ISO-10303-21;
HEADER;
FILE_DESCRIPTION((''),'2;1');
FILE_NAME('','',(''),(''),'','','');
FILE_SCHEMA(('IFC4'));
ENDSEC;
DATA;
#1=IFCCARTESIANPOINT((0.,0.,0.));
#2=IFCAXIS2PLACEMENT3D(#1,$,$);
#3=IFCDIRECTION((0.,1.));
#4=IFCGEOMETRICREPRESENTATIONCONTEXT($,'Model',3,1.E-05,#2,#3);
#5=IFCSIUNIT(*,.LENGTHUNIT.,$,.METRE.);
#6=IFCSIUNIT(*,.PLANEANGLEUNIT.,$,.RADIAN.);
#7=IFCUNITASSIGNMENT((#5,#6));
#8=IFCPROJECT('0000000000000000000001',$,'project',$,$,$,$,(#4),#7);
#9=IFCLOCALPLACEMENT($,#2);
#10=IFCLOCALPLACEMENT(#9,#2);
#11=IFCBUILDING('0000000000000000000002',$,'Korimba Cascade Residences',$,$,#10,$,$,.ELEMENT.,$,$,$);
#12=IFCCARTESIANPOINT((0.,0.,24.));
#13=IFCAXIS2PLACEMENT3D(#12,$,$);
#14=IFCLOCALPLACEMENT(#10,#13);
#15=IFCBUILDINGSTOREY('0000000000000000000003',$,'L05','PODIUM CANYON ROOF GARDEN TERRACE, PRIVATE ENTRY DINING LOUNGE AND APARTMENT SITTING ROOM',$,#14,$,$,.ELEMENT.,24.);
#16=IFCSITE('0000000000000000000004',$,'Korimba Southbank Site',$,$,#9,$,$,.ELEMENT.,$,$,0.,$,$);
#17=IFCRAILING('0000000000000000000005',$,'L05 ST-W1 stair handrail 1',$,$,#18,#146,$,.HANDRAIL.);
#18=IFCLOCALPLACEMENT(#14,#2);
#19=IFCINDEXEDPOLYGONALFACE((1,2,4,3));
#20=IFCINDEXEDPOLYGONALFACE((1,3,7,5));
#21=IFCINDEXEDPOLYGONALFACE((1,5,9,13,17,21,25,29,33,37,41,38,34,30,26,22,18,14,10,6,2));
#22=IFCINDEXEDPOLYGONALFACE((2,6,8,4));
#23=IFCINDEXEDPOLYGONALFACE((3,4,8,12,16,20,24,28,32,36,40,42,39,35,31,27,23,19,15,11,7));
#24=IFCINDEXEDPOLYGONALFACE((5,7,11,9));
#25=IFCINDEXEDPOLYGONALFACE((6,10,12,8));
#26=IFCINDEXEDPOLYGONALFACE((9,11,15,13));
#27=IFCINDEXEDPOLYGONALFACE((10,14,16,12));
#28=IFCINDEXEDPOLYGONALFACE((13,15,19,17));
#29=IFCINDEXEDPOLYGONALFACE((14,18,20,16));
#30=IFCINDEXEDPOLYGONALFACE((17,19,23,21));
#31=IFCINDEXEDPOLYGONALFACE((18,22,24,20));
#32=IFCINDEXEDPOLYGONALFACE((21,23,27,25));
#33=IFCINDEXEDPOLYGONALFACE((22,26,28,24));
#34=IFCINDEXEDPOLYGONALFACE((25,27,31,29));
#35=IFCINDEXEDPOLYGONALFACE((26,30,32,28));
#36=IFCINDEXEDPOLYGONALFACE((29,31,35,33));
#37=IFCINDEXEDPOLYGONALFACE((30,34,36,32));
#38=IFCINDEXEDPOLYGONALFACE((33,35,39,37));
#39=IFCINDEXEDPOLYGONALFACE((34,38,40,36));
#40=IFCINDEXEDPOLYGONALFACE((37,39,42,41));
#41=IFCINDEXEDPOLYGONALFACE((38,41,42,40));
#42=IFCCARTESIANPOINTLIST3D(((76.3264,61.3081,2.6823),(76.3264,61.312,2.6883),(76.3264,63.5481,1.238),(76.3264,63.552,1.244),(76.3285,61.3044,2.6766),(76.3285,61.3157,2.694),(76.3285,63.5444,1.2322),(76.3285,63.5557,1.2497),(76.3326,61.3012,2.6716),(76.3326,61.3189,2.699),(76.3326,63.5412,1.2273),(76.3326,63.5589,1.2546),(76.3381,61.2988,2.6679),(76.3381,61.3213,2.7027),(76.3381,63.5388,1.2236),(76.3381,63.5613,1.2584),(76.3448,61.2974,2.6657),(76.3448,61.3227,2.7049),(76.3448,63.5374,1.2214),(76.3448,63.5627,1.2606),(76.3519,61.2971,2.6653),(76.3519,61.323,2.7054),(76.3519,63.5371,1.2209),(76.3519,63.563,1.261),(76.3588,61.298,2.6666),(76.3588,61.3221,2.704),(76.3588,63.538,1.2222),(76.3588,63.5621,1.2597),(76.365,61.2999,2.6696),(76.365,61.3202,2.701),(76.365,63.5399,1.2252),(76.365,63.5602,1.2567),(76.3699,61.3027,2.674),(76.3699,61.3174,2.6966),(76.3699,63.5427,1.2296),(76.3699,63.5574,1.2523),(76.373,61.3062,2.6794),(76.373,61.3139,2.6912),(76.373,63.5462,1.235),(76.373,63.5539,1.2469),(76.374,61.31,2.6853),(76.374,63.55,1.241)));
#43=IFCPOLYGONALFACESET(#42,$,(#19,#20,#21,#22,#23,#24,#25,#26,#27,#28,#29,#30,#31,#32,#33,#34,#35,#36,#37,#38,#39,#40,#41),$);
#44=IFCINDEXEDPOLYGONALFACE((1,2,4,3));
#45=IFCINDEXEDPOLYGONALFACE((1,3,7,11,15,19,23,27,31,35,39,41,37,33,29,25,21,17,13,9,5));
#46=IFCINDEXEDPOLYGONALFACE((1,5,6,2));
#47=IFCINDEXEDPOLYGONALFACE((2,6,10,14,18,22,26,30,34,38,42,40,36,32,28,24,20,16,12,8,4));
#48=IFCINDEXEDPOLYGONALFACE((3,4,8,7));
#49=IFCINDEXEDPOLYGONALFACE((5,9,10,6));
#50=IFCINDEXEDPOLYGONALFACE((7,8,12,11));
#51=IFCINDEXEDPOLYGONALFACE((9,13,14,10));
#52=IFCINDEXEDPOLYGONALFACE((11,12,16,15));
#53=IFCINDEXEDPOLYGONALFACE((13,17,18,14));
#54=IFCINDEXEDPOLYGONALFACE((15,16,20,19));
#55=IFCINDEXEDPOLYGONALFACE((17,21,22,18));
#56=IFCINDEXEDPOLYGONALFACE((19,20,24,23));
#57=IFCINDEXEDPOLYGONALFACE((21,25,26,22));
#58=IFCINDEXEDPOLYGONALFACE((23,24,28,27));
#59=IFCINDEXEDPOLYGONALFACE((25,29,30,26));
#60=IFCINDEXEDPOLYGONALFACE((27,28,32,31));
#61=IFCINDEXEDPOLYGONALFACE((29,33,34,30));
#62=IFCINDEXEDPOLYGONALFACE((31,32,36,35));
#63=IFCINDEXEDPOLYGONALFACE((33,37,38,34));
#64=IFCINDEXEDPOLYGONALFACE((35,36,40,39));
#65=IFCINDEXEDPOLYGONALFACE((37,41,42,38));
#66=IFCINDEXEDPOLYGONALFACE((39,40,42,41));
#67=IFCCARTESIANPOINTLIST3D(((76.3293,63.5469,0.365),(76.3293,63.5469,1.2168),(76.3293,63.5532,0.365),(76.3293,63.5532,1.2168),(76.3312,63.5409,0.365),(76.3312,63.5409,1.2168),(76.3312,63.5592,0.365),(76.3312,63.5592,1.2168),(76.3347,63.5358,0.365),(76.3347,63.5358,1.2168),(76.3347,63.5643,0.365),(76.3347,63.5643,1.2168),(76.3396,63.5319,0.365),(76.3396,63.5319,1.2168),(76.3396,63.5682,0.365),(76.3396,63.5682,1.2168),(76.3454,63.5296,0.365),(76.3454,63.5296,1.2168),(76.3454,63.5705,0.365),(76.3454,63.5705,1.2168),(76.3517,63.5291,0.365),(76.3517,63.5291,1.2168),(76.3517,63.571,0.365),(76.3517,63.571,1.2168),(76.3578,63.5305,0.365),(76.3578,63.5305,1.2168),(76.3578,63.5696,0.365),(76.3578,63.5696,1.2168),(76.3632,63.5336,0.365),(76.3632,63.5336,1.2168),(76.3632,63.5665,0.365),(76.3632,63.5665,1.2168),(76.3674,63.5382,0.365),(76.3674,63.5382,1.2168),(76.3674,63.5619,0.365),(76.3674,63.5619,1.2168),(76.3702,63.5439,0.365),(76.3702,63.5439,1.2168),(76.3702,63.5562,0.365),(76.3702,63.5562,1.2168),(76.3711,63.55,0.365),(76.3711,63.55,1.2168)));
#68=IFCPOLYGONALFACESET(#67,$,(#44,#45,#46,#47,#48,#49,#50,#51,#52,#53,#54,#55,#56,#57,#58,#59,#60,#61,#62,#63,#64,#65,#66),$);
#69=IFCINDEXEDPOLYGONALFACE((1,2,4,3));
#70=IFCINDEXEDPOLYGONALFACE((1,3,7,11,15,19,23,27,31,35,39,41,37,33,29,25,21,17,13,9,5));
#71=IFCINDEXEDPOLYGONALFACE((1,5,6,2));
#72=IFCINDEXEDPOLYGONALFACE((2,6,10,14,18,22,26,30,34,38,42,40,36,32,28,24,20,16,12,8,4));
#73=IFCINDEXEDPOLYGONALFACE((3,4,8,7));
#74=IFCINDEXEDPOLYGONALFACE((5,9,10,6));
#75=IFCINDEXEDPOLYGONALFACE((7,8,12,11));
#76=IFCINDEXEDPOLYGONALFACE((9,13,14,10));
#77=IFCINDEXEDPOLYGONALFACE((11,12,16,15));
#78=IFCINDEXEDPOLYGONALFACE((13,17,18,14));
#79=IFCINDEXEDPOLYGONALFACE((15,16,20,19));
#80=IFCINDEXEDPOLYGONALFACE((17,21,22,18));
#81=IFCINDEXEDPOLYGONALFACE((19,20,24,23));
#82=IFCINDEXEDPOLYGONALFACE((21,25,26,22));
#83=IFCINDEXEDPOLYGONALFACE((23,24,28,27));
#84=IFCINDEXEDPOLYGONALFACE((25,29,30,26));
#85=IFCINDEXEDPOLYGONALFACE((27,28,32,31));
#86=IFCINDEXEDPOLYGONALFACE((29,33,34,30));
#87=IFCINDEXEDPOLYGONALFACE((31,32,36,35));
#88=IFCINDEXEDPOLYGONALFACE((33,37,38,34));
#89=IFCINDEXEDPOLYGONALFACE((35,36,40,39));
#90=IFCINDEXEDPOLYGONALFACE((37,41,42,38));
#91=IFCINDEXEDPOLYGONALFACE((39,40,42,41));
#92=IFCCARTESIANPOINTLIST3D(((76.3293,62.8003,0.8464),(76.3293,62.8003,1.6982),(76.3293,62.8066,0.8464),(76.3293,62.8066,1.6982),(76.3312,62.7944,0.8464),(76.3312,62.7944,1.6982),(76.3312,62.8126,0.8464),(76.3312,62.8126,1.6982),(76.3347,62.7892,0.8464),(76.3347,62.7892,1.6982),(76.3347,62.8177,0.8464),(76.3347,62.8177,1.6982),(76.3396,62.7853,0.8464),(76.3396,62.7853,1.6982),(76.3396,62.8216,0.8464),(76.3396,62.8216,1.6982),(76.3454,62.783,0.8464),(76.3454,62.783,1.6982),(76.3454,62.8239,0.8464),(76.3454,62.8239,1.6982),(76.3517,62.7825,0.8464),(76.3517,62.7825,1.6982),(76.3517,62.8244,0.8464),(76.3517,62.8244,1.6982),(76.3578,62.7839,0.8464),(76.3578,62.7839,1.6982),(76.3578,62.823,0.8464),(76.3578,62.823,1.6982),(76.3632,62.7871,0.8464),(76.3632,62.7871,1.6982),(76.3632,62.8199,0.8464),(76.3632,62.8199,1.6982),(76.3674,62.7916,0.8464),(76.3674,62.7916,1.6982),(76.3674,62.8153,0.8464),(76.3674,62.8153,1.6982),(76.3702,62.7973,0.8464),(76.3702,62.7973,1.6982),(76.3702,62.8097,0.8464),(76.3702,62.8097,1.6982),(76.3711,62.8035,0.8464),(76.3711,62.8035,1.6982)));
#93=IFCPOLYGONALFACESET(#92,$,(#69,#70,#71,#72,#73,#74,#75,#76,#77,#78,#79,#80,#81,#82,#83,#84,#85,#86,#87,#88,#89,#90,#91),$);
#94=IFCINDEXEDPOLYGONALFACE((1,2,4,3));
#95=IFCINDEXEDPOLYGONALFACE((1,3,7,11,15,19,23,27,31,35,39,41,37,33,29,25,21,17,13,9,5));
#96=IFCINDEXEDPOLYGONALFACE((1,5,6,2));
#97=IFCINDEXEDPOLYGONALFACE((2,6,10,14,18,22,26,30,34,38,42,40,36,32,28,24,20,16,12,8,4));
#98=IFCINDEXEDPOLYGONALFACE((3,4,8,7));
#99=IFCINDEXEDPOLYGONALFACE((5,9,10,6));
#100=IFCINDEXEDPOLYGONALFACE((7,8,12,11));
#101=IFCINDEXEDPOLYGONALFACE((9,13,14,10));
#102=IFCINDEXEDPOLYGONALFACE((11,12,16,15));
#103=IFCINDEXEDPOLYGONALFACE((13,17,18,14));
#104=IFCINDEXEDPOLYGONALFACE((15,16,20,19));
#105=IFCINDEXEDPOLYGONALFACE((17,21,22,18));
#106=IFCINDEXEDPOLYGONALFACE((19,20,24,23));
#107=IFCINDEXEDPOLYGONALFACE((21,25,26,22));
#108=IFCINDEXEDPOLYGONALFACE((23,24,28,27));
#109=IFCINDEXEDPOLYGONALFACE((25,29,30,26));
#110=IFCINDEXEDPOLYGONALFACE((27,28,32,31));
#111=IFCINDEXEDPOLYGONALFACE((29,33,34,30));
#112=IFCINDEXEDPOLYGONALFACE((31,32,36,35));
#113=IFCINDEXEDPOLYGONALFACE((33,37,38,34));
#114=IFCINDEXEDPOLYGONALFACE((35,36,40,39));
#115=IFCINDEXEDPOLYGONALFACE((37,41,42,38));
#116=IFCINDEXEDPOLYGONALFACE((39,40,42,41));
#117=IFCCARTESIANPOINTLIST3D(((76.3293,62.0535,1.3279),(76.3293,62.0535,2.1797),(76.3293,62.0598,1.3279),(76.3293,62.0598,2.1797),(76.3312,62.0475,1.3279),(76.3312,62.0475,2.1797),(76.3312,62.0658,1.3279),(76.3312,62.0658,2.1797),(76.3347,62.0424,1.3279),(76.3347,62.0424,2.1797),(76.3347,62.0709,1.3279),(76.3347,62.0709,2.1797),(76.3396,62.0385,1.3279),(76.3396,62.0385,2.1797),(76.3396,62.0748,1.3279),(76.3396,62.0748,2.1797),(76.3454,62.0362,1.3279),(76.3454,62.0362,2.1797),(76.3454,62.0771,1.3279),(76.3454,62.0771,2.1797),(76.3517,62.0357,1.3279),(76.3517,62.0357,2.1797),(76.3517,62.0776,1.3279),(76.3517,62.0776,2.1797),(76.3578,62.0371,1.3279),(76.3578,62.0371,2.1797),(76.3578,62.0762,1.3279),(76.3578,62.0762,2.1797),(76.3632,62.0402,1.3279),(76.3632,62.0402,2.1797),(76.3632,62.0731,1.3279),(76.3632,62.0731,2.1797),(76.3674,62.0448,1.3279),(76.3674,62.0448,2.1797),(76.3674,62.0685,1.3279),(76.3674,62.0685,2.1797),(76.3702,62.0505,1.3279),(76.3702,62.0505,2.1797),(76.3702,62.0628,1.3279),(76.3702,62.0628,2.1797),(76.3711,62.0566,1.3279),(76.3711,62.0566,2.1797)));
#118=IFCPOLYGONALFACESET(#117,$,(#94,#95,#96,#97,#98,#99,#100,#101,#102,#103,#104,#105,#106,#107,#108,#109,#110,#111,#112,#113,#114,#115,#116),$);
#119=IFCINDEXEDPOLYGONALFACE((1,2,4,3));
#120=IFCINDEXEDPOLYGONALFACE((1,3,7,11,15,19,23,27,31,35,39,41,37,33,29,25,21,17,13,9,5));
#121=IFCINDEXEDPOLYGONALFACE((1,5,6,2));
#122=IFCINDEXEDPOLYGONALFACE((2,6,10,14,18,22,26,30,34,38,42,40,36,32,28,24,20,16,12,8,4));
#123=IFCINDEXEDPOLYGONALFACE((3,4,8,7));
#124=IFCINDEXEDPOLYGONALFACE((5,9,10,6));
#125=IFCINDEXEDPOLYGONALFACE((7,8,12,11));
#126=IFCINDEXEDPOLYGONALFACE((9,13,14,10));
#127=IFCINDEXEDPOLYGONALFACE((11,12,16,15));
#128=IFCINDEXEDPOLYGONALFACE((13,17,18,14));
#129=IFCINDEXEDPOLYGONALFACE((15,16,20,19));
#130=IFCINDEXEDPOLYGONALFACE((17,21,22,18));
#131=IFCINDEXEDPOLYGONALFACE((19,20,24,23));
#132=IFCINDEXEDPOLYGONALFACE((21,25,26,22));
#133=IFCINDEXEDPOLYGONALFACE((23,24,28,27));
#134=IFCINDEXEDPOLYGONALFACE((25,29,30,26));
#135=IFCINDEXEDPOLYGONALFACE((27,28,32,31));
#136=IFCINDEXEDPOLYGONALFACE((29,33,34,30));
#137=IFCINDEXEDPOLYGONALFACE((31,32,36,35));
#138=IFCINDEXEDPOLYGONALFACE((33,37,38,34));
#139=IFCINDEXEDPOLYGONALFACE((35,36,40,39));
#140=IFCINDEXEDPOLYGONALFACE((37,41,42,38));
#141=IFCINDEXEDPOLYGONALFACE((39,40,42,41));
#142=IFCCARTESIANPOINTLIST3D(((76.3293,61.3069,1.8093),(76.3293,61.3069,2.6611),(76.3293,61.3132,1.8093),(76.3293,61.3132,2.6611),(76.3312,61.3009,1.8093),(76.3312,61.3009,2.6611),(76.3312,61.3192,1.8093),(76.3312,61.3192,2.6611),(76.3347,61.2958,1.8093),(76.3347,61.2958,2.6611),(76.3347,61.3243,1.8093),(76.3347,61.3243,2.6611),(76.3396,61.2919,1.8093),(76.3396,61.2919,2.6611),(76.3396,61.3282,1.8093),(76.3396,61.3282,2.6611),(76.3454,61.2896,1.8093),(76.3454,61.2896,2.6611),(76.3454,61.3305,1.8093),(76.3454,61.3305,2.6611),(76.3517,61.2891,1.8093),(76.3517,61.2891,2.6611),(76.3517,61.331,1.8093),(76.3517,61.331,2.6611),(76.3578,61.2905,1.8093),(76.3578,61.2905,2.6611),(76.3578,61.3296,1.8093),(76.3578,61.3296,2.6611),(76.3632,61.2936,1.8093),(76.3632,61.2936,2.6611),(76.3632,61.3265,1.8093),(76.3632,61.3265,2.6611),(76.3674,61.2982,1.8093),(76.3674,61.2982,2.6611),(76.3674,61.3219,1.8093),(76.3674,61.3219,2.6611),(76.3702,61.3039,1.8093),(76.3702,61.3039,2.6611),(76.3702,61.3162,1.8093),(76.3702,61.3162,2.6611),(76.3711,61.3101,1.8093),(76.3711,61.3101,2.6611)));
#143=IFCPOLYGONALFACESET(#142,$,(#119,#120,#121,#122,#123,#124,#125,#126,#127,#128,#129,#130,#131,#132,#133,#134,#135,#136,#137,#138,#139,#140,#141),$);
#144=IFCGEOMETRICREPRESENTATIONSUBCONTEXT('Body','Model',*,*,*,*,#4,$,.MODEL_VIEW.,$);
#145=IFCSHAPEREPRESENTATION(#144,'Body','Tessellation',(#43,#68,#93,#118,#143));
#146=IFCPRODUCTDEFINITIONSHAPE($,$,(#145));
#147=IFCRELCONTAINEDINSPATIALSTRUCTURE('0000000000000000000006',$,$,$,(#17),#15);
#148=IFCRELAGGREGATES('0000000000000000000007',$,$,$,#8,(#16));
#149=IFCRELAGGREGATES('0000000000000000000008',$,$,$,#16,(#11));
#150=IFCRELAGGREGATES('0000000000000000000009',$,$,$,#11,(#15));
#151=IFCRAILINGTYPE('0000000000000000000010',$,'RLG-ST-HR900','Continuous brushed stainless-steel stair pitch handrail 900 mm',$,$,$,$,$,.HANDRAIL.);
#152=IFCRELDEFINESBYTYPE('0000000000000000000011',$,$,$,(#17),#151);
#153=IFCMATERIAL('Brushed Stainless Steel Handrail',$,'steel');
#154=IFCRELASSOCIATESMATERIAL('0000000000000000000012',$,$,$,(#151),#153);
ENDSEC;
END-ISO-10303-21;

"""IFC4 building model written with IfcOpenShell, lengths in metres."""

from ifc_helpers import new_model, si_unit, direction, frame, origin, origin_2d, place, context, subcontext, project, spatial, circle, extrude, material, type_object, element, save


model = new_model("IFC4")

# Units and contexts
model_context = context("Model", 3, precision=1e-05, world=origin(), true_north=direction((0.0, 1.0)))
body_context = subcontext(model_context, "Body", "Model", "MODEL_VIEW")
ifc_project = project(units=[si_unit("LENGTHUNIT", "METRE"), si_unit("PLANEANGLEUNIT", "RADIAN")], contexts=[model_context])

# Site, building, storey
site_placement = place(None, origin())
site = spatial("IfcSite", under=ifc_project, at=site_placement, Name="Korimba Southbank Site", CompositionType="ELEMENT", RefElevation=0.0)
building_placement = place(site_placement, origin())
building = spatial("IfcBuilding", under=site, at=building_placement, Name="Korimba Cascade Residences", CompositionType="ELEMENT")
storey_placement = place(building_placement, frame((0.0, 0.0, 24.0)))
storey = spatial("IfcBuildingStorey", under=building, at=storey_placement, Name="L05", Description="PODIUM CANYON ROOF GARDEN TERRACE, PRIVATE ENTRY DINING LOUNGE AND APARTMENT SITTING ROOM", CompositionType="ELEMENT", Elevation=24.0)

# Railing
ifc_material_1 = material(Name="Brushed Stainless Steel Handrail", Category="steel")
railing_type_1 = type_object("IfcRailingType", Name="RLG-ST-HR900", Description="Continuous brushed stainless-steel stair pitch handrail 900 mm", PredefinedType="HANDRAIL", material=ifc_material_1)
railing_1_placement = place(storey_placement, frame((76.3501, 63.55, 0.365)))
element("IfcRailing", 1, at=railing_1_placement, inside=storey, type_object=railing_type_1, Name="L05 ST-W1 stair handrail 1", PredefinedType="HANDRAIL", context=body_context, shape_type="SweptSolid", body=[
    extrude(circle(Radius=0.0239, at=origin_2d()), frame((0.0, 0.0, 0.876), z_axis=(0.0, -0.840437, 0.54191), x_axis=(1.0, 0.0, 0.0)), (0.0, 0.0, 1.0), 2.6653),
    extrude(circle(Radius=0.021, at=origin_2d()), origin(), (0.0, 0.0, 1.0), 0.8518),
    extrude(circle(Radius=0.021, at=origin_2d()), frame((0.0, -0.7466, 0.4814)), (0.0, 0.0, 1.0), 0.8518),
    extrude(circle(Radius=0.021, at=origin_2d()), frame((0.0, -1.4934, 0.9629)), (0.0, 0.0, 1.0), 0.8518),
    extrude(circle(Radius=0.021, at=origin_2d()), frame((0.0, -2.24, 1.4443)), (0.0, 0.0, 1.0), 0.8518),
])

save(model, "model.ifc")
